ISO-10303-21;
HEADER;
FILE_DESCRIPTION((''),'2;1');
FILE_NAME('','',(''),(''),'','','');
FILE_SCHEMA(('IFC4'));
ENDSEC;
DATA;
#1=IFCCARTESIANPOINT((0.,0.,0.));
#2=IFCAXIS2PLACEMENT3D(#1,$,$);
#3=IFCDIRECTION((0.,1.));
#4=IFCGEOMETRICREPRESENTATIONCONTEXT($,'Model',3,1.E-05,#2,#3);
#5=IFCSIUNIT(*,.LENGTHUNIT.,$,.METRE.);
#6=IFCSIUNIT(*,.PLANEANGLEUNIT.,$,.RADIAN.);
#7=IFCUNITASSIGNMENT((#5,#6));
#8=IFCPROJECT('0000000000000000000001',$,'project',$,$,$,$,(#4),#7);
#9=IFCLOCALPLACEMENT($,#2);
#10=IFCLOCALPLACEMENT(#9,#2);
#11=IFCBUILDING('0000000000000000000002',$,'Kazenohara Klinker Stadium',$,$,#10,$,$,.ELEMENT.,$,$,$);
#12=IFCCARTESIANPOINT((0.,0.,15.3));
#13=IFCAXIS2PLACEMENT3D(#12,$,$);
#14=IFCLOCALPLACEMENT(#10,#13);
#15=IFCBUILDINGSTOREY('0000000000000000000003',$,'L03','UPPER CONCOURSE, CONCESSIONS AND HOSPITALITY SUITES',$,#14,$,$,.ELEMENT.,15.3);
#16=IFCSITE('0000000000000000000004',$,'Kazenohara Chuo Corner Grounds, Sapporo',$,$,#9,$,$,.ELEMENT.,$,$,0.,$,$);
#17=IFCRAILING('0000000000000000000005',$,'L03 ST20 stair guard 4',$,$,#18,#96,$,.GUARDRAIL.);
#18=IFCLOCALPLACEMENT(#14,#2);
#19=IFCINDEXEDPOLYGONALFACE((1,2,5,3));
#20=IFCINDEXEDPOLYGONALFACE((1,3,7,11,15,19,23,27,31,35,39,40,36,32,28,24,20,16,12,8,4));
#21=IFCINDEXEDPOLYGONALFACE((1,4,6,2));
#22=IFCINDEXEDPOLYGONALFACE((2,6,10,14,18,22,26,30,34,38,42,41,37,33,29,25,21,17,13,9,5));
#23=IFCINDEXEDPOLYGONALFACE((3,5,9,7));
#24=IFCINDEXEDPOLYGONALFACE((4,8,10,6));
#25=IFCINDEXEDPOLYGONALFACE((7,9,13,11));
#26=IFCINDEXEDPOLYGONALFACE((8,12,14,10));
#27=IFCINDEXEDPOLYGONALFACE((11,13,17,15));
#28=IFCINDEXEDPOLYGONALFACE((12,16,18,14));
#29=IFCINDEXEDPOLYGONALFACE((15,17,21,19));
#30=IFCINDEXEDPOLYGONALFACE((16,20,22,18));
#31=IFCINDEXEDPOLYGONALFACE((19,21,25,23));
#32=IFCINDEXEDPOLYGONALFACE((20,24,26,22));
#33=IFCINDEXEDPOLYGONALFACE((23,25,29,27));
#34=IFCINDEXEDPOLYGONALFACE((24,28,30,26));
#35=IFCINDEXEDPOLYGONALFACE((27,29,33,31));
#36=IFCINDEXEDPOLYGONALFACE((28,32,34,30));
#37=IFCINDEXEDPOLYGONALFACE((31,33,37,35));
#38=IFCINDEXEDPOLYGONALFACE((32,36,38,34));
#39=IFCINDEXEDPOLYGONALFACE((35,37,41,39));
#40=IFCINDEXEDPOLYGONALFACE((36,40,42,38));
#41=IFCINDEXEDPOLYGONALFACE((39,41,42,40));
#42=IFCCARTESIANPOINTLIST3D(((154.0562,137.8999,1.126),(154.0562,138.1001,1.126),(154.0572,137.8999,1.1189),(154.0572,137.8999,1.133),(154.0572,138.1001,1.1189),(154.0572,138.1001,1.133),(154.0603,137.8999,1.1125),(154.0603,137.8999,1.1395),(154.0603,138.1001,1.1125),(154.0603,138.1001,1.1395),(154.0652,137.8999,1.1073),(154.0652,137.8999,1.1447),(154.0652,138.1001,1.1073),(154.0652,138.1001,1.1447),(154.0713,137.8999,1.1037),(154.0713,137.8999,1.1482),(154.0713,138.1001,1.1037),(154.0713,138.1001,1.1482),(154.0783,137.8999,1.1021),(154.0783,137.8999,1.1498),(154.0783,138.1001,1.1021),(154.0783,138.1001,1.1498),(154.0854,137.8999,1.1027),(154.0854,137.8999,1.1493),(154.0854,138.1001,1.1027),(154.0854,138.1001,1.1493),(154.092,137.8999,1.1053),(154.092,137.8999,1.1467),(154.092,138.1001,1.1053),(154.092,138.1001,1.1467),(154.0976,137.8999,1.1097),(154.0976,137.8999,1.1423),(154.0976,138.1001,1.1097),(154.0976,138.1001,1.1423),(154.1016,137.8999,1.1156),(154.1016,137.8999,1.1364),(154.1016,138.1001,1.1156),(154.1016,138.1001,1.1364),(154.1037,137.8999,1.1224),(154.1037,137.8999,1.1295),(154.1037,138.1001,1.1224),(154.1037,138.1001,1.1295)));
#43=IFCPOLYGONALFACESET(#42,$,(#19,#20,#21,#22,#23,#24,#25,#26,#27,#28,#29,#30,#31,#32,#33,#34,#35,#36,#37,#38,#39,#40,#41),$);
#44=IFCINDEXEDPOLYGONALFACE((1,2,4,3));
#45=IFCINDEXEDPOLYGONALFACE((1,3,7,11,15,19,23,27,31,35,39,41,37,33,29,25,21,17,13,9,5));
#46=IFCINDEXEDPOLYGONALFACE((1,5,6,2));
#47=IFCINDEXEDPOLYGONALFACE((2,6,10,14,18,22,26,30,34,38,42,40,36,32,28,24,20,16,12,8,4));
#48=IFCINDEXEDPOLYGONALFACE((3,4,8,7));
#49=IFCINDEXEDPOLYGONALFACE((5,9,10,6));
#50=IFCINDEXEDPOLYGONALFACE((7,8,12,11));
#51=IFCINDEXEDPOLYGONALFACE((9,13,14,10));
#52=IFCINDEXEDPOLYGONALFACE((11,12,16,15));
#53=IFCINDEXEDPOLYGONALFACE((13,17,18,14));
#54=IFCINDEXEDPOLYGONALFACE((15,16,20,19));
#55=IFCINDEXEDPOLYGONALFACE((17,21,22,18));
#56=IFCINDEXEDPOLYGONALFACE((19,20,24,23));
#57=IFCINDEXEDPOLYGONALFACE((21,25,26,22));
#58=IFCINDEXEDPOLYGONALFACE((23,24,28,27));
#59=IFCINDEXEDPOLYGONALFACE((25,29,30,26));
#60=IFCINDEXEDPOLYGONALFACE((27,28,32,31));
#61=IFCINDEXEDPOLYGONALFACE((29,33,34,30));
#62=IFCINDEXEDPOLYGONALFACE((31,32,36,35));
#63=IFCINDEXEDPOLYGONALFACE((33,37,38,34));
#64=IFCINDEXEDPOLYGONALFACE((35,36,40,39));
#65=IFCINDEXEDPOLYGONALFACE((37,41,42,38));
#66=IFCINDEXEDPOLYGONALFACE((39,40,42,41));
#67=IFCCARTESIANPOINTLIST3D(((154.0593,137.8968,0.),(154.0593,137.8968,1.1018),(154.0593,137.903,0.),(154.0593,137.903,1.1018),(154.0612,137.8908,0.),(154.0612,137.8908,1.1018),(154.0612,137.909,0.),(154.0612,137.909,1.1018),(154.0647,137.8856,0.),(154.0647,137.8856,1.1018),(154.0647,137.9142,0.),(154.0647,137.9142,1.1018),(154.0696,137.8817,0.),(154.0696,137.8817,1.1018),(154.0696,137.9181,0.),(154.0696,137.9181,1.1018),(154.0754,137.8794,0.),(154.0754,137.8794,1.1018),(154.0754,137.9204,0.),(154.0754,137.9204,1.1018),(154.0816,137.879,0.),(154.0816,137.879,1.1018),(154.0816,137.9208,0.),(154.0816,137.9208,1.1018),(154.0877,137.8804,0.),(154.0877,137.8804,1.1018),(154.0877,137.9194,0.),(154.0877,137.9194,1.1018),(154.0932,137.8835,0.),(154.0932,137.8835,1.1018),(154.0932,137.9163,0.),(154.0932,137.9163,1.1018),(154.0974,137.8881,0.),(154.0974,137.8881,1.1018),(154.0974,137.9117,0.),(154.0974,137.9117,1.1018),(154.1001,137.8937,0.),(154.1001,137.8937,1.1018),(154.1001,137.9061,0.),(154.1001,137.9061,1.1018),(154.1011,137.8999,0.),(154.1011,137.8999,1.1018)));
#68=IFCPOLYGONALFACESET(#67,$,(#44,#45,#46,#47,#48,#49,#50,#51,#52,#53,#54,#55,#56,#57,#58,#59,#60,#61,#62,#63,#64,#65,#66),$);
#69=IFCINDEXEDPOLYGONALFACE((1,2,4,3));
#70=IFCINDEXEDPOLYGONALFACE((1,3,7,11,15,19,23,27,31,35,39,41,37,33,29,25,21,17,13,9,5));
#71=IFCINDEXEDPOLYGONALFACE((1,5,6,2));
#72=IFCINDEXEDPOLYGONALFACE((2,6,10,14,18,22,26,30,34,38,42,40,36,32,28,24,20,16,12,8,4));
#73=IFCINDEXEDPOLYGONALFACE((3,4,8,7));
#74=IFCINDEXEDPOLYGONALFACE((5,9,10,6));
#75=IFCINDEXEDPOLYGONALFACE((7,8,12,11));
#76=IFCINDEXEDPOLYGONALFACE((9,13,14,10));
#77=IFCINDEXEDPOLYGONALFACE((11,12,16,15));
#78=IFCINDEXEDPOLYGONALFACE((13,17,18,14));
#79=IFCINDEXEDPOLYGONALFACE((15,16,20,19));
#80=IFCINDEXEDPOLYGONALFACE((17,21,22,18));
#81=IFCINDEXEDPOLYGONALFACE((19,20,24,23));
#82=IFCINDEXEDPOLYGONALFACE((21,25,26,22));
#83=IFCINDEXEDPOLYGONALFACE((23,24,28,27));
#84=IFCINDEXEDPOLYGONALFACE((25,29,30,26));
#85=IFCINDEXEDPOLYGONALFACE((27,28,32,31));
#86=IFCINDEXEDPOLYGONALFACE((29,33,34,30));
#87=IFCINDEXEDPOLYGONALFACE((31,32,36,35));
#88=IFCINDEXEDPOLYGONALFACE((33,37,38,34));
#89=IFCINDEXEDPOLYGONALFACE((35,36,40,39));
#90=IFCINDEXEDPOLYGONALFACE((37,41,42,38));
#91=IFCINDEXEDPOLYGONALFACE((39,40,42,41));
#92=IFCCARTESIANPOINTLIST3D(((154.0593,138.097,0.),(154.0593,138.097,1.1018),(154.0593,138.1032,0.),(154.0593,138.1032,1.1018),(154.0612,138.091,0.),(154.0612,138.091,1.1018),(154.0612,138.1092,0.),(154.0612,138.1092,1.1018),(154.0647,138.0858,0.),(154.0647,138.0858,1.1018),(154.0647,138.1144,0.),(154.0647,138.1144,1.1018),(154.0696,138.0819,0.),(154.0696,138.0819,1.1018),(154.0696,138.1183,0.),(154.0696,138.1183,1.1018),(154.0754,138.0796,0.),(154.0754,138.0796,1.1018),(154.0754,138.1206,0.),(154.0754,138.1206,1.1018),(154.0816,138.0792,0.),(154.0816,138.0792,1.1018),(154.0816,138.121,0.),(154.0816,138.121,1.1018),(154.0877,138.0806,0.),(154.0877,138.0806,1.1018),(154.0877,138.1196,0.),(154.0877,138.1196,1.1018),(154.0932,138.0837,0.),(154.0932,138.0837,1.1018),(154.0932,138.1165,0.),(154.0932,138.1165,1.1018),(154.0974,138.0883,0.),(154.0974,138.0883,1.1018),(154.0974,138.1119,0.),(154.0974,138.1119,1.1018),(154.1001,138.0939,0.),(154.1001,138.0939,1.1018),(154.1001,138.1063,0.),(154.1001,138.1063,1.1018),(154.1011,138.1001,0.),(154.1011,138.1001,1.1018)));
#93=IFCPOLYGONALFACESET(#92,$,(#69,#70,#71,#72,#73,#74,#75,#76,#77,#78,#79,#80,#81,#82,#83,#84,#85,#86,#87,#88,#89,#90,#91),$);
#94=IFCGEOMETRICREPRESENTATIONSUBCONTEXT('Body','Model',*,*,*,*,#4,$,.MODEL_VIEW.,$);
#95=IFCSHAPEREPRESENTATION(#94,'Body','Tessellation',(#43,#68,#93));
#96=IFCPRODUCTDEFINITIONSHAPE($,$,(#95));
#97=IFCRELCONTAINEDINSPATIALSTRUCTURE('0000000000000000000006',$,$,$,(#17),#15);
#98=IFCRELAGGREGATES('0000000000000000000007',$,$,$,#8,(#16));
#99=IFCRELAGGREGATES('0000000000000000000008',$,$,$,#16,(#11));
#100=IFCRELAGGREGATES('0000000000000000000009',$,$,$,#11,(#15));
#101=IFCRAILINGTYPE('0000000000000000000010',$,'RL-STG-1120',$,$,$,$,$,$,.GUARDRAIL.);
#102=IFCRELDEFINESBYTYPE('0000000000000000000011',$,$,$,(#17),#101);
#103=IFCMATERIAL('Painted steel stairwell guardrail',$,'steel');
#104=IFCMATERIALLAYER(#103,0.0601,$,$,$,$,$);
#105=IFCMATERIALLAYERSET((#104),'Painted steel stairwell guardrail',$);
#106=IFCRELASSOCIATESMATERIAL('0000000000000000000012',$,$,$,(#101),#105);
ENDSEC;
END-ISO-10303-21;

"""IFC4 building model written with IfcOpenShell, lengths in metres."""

from ifc_helpers import new_model, si_unit, direction, frame, origin, origin_2d, place, context, subcontext, project, spatial, circle, extrude, material, layer, layer_set, type_object, element, save


model = new_model("IFC4")

# Units and contexts
model_context = context("Model", 3, precision=1e-05, world=origin(), true_north=direction((0.0, 1.0)))
body_context = subcontext(model_context, "Body", "Model", "MODEL_VIEW")
ifc_project = project(units=[si_unit("LENGTHUNIT", "METRE"), si_unit("PLANEANGLEUNIT", "RADIAN")], contexts=[model_context])

# Site, building, storey
site_placement = place(None, origin())
site = spatial("IfcSite", under=ifc_project, at=site_placement, Name="Kazenohara Chuo Corner Grounds, Sapporo", CompositionType="ELEMENT", RefElevation=0.0)
building_placement = place(site_placement, origin())
building = spatial("IfcBuilding", under=site, at=building_placement, Name="Kazenohara Klinker Stadium", CompositionType="ELEMENT")
storey_placement = place(building_placement, frame((0.0, 0.0, 15.3)))
storey = spatial("IfcBuildingStorey", under=building, at=storey_placement, Name="L03", Description="UPPER CONCOURSE, CONCESSIONS AND HOSPITALITY SUITES", CompositionType="ELEMENT", Elevation=15.3)

# Railing
ifc_material_1 = material(Name="Painted steel stairwell guardrail", Category="steel")
ifc_layer_1 = layer(ifc_material_1, 0.0601)
ifc_layer_set_1 = layer_set([ifc_layer_1], Name="Painted steel stairwell guardrail")
railing_type_1 = type_object("IfcRailingType", Name="RL-STG-1120", PredefinedType="GUARDRAIL", material=ifc_layer_set_1)
railing_1_placement = place(storey_placement, frame((154.0801, 137.8999, 0.0)))
element("IfcRailing", 1, at=railing_1_placement, inside=storey, type_object=railing_type_1, Name="L03 ST20 stair guard 4", PredefinedType="GUARDRAIL", context=body_context, shape_type="SweptSolid", body=[
    extrude(circle(Radius=0.0239, at=origin_2d()), frame((0.0, 0.0, 1.126), z_axis=(0.0, 1.0, 0.0), x_axis=(-1.0, 0.0, 0.0)), (0.0, 0.0, 1.0), 0.2002),
    extrude(circle(Radius=0.021, at=origin_2d()), origin(), (0.0, 0.0, 1.0), 1.1018),
    extrude(circle(Radius=0.021, at=origin_2d()), frame((0.0, 0.2002, 0.0)), (0.0, 0.0, 1.0), 1.1018),
])

save(model, "model.ifc")
